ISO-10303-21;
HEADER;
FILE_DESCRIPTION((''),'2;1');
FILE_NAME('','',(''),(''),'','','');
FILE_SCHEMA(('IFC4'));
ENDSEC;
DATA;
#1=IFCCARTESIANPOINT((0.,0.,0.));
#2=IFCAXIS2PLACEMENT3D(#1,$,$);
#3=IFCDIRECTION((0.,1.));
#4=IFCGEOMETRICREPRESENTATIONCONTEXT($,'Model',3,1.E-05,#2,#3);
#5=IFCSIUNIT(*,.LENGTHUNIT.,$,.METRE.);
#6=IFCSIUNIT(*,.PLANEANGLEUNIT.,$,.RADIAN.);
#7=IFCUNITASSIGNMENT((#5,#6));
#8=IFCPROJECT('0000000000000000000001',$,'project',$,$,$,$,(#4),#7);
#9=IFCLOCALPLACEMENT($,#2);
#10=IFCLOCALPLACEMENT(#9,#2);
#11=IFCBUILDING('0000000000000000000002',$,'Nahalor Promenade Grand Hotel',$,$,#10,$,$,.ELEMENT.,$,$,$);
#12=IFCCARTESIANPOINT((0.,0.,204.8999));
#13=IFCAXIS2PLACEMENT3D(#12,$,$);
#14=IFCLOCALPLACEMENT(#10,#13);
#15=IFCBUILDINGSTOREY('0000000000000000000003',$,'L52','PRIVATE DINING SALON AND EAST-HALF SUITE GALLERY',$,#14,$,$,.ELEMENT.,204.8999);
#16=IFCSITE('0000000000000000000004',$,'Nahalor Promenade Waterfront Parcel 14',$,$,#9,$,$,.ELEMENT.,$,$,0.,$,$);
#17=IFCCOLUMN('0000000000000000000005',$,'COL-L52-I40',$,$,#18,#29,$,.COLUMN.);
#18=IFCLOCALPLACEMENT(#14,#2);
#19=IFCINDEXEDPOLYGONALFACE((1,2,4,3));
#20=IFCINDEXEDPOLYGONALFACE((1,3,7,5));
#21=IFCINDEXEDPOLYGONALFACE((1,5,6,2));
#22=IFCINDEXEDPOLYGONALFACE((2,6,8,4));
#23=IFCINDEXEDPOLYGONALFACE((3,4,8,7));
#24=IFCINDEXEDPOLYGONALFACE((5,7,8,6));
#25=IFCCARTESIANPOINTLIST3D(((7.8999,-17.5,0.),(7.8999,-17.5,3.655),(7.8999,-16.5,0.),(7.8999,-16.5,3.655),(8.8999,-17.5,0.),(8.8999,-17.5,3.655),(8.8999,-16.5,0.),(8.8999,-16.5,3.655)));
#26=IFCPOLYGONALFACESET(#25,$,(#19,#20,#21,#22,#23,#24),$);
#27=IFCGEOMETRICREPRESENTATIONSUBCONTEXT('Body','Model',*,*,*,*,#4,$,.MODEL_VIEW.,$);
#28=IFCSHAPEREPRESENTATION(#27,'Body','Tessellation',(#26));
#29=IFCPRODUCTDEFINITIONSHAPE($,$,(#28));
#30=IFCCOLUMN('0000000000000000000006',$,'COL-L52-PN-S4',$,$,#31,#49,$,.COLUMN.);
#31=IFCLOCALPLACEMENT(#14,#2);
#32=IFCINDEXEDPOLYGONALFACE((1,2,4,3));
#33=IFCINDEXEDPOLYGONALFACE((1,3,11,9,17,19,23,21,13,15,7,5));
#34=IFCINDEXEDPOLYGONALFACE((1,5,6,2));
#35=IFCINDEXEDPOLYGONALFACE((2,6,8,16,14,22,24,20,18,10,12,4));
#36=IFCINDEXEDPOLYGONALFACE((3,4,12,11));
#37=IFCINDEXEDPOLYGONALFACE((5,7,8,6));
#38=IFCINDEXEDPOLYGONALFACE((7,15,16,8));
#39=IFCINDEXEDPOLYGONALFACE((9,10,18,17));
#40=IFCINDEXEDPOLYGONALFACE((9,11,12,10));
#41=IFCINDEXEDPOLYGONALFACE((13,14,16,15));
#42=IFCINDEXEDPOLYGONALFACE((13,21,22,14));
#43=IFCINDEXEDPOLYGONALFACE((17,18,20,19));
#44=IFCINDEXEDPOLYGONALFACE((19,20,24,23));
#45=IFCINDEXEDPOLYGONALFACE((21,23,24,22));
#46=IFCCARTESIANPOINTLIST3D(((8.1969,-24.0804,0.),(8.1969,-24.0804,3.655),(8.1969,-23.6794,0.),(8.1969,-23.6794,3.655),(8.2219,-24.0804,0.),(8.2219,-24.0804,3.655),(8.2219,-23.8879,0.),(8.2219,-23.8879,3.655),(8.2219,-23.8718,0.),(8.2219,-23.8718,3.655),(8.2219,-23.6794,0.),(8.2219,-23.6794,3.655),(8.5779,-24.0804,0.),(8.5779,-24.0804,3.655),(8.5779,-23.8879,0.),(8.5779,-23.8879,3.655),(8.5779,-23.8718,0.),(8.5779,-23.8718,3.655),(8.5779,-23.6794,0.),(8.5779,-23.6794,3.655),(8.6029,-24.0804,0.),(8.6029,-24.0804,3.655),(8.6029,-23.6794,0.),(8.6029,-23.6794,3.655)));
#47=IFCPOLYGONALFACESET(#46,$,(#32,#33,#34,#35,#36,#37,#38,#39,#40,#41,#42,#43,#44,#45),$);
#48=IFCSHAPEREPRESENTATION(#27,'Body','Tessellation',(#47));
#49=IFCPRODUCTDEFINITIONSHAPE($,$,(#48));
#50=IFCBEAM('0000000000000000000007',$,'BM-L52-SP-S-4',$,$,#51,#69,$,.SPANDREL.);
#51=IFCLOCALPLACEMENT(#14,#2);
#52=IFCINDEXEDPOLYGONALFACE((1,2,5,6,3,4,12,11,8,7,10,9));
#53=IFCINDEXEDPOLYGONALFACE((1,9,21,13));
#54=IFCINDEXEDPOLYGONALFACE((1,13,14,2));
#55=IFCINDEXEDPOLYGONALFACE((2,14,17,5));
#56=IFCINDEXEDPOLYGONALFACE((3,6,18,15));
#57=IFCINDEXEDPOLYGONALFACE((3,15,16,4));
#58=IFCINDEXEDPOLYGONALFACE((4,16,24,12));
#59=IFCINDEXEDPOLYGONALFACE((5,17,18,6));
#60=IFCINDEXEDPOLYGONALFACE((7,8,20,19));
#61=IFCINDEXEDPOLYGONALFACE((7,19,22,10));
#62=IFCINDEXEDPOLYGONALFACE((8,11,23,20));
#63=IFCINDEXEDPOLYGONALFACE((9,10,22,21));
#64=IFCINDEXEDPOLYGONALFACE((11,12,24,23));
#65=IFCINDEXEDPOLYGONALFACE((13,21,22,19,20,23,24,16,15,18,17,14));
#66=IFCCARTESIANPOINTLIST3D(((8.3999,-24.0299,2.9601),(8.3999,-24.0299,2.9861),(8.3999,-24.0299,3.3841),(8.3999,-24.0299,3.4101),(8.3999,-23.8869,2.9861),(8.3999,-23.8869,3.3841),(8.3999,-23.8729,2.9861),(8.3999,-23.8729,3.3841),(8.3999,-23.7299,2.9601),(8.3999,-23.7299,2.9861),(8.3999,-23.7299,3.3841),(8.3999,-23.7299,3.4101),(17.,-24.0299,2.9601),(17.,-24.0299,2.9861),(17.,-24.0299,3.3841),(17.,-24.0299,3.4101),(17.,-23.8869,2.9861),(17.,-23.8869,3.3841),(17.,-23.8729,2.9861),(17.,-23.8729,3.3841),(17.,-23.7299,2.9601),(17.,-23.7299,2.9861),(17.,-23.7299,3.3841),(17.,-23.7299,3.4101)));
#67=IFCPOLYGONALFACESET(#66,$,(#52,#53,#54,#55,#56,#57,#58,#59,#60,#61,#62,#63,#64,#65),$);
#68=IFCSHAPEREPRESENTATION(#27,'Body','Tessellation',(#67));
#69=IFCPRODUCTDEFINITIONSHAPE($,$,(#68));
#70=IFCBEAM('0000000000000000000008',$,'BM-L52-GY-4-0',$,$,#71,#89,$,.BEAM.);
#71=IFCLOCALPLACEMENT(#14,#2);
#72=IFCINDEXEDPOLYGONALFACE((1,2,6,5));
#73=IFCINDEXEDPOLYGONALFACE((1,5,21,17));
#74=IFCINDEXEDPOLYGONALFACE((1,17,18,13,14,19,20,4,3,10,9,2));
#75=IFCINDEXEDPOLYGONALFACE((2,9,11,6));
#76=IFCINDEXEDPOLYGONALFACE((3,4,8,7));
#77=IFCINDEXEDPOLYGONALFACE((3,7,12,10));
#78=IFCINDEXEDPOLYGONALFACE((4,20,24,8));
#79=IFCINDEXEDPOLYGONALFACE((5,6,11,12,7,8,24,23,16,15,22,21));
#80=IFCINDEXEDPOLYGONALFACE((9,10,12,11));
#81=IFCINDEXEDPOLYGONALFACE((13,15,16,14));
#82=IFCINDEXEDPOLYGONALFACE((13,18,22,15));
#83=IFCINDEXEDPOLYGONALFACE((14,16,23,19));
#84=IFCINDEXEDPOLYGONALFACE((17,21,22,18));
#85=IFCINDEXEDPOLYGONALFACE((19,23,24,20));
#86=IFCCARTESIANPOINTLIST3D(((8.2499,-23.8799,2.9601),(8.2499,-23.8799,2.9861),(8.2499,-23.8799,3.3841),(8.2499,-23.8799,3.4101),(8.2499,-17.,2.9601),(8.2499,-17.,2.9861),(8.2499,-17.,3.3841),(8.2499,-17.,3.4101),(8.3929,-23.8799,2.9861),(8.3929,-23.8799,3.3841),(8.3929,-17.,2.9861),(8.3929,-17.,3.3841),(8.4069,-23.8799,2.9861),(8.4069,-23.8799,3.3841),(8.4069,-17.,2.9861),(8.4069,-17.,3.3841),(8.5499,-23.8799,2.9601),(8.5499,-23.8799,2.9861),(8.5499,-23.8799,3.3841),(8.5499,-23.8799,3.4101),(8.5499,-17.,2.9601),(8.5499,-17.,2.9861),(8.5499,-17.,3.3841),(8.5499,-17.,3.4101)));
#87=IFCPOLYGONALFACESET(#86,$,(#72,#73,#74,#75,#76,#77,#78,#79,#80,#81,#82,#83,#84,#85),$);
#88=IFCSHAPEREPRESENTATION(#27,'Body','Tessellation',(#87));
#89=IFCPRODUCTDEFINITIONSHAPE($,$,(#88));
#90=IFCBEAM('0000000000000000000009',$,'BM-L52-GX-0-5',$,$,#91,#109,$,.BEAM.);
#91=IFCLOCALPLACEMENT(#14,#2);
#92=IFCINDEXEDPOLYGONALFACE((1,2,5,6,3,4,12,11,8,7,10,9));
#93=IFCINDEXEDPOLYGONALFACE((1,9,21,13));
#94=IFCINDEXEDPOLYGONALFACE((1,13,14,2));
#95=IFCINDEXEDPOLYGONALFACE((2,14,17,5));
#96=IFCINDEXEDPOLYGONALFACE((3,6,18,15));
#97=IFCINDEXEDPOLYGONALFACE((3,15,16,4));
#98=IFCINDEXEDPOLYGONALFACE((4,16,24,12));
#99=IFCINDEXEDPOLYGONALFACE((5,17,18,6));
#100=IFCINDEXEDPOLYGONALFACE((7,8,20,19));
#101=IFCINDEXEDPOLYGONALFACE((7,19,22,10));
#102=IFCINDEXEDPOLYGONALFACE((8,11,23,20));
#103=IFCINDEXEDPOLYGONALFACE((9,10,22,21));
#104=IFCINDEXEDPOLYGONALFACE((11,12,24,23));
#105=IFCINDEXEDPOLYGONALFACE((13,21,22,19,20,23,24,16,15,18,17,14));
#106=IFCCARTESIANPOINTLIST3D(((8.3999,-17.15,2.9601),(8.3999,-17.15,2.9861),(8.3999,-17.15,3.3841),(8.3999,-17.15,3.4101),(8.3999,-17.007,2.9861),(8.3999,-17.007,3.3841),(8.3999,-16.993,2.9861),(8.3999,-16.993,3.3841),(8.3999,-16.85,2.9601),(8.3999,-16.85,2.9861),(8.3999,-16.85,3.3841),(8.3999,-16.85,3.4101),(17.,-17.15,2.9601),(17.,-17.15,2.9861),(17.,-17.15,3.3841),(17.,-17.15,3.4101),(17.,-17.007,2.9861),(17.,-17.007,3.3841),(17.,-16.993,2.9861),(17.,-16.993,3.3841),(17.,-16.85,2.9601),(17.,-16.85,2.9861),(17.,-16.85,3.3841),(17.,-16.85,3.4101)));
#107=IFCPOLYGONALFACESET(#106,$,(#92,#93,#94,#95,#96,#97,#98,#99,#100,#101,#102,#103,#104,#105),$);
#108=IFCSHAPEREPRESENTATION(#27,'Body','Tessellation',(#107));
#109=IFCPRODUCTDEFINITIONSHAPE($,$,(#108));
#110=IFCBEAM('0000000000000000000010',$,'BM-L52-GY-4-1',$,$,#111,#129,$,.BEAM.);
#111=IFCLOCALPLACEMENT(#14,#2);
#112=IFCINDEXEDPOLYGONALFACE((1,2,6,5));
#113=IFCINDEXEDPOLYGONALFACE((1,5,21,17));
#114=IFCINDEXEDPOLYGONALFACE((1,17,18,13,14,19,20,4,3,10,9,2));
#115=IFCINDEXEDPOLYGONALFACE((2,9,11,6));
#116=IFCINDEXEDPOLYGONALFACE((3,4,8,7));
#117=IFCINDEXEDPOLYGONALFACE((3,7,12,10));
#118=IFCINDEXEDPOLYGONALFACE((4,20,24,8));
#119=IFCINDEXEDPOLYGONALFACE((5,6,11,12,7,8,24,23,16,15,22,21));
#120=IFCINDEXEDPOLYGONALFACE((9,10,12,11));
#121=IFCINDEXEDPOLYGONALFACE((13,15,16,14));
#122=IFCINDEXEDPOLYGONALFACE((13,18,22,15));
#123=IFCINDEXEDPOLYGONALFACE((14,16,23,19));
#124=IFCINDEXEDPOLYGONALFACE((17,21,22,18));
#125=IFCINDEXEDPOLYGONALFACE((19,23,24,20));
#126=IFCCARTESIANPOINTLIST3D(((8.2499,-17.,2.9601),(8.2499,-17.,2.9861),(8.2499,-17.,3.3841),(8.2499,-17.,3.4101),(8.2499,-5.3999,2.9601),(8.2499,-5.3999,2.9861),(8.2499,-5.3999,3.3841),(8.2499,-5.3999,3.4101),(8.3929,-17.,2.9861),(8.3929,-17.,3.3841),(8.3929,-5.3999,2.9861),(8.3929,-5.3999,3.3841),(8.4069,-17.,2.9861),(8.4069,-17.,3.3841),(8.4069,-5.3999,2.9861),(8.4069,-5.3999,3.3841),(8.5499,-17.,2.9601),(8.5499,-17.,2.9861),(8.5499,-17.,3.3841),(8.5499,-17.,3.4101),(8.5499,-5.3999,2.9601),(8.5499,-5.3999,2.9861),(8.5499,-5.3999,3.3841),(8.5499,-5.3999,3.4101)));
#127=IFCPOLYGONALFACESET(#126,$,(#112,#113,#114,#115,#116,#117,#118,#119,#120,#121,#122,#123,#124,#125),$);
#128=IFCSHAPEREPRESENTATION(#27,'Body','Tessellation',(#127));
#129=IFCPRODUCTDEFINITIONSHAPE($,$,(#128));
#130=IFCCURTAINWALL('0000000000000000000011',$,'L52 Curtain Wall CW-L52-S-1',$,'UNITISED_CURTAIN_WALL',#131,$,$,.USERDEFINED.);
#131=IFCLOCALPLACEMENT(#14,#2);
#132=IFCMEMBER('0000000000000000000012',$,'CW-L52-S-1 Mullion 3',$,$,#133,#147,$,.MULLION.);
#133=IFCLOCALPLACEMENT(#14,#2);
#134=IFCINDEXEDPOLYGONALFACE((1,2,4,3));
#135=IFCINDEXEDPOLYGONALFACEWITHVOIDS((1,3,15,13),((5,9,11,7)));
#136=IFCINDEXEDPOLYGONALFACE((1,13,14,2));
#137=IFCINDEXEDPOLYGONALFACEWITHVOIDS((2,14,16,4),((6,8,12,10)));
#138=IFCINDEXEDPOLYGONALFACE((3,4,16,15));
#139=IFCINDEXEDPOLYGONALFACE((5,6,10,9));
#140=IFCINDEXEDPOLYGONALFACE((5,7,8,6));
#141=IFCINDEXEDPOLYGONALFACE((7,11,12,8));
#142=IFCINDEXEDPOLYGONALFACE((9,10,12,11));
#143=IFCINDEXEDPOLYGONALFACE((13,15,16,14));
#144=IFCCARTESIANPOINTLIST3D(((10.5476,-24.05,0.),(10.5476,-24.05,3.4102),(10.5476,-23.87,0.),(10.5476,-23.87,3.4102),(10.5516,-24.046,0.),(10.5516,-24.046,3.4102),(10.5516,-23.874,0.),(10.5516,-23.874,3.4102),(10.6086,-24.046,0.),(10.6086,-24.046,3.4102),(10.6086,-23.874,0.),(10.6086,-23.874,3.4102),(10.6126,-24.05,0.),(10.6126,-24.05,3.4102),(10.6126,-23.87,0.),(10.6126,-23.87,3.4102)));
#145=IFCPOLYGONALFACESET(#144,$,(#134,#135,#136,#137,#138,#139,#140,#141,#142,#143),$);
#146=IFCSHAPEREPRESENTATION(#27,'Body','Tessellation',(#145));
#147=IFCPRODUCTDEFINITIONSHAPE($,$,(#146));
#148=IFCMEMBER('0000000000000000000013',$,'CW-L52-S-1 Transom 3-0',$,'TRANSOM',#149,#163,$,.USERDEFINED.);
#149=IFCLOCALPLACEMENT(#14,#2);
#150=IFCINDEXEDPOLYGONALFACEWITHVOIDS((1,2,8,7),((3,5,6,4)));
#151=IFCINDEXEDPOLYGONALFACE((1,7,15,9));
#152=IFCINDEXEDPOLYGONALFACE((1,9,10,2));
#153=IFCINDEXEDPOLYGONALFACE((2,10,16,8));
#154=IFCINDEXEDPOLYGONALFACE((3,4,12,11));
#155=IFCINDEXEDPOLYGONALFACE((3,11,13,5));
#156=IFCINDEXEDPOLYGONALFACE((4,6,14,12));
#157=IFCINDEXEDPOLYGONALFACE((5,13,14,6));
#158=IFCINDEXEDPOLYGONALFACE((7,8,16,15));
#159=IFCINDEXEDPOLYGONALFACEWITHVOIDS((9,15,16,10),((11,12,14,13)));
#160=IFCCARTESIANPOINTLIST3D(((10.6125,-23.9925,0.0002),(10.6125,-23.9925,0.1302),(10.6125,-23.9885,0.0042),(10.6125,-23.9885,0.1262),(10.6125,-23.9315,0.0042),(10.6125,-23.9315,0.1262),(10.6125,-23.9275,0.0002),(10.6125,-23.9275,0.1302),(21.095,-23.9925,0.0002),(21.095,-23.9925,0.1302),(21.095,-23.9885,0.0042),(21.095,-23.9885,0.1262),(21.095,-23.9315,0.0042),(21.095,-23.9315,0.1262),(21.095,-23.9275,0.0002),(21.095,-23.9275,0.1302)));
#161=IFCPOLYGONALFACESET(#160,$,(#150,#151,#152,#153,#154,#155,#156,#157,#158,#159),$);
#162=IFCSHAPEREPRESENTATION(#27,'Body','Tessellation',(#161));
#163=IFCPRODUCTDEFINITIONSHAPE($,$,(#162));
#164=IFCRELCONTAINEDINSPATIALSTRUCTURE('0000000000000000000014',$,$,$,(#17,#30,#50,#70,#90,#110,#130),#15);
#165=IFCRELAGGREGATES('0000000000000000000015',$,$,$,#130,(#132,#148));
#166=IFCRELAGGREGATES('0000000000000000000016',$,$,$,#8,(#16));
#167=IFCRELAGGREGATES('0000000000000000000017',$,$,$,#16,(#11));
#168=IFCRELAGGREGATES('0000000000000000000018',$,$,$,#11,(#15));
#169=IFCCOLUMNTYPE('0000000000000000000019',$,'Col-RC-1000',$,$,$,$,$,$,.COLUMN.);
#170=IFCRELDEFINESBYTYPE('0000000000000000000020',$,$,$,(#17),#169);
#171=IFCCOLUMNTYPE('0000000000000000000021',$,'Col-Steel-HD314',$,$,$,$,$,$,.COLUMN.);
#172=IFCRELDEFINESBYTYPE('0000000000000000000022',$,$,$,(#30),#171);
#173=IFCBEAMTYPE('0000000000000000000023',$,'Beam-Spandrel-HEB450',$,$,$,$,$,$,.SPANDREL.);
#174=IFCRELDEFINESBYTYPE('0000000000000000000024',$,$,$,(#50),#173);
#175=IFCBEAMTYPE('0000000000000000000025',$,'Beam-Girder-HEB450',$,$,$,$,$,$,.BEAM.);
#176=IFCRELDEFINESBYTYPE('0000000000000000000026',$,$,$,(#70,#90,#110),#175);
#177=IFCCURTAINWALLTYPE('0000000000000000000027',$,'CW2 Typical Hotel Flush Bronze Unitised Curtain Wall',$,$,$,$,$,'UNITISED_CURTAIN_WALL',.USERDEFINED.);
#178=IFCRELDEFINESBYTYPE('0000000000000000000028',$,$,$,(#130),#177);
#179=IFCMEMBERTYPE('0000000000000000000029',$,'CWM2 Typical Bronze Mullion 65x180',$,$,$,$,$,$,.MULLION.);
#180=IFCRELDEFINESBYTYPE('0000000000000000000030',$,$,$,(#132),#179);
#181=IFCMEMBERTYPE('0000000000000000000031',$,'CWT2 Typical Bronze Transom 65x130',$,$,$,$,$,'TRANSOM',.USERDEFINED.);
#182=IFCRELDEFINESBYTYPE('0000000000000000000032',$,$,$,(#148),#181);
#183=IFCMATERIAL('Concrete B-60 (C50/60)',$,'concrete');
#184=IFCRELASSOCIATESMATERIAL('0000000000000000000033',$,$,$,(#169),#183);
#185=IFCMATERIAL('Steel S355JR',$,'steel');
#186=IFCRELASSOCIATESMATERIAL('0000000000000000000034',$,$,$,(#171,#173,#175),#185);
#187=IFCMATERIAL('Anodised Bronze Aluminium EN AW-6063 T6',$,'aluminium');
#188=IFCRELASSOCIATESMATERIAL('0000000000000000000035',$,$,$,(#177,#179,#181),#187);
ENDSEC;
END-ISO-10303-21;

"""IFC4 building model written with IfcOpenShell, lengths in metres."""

from ifc_helpers import new_model, si_unit, direction, frame, origin, origin_2d, place, context, subcontext, project, spatial, rectangle, hollow_rectangle, i_section, extrude, source, transform, mapped, material, material_profile, profile_set, type_object, element, aggregate, save


model = new_model("IFC4")

# Units and contexts
model_context = context("Model", 3, precision=1e-05, world=origin(), true_north=direction((0.0, 1.0)))
body_context = subcontext(model_context, "Body", "Model", "MODEL_VIEW")
ifc_project = project(units=[si_unit("LENGTHUNIT", "METRE"), si_unit("PLANEANGLEUNIT", "RADIAN")], contexts=[model_context])

# Site, building, storey
site_placement = place(None, origin())
site = spatial("IfcSite", under=ifc_project, at=site_placement, Name="Nahalor Promenade Waterfront Parcel 14", CompositionType="ELEMENT", RefElevation=0.0)
building_placement = place(site_placement, origin())
building = spatial("IfcBuilding", under=site, at=building_placement, Name="Nahalor Promenade Grand Hotel", CompositionType="ELEMENT")
storey_placement = place(building_placement, frame((0.0, 0.0, 204.8999)))
storey = spatial("IfcBuildingStorey", under=building, at=storey_placement, Name="L52", Description="PRIVATE DINING SALON AND EAST-HALF SUITE GALLERY", CompositionType="ELEMENT", Elevation=204.8999)

# Columns
ifc_material_1 = material(Name="Concrete B-60 (C50/60)", Category="concrete")
ifc_material_profile_1 = material_profile(ifc_material_1, rectangle(XDim=1.0, YDim=1.0, at=origin_2d()), Name="RC 1000x1000")
ifc_profile_set_1 = profile_set([ifc_material_profile_1], Name="Concrete B-60 (C50/60)")
column_type_1 = type_object("IfcColumnType", Name="Col-RC-1000", PredefinedType="COLUMN", material=ifc_profile_set_1)
shared_shape_1 = source(origin(), body_context, "Body", "SweptSolid", [
    extrude(rectangle(XDim=1.0, YDim=1.0, at=origin_2d()), origin(), (0.0, 0.0, 1.0), 3.655),
])
column_1_placement = place(storey_placement, frame((8.3999, -17.0, 0.0), z_axis=(0.0, 0.0, 1.0), x_axis=(1.0, 0.0, 0.0)))
element("IfcColumn", 1, at=column_1_placement, inside=storey, type_object=column_type_1, Name="COL-L52-I40", PredefinedType="COLUMN", context=body_context, shape_type="MappedRepresentation", body=[
    mapped(shared_shape_1, transform((0.0, 0.0, 0.0), scale=1.0)),
])
ifc_material_2 = material(Name="Steel S355JR", Category="steel")
ifc_material_profile_2 = material_profile(ifc_material_2, i_section(OverallWidth=0.401, OverallDepth=0.406, WebThickness=0.0161, FlangeThickness=0.025, at=origin_2d()), Name="HD 400x314")
ifc_profile_set_2 = profile_set([ifc_material_profile_2], Name="Steel S355JR")
column_type_2 = type_object("IfcColumnType", Name="Col-Steel-HD314", PredefinedType="COLUMN", material=ifc_profile_set_2)
shared_shape_2 = source(origin(), body_context, "Body", "SweptSolid", [
    extrude(i_section(OverallWidth=0.401, OverallDepth=0.406, WebThickness=0.0161, FlangeThickness=0.025, at=origin_2d()), origin(), (0.0, 0.0, 1.0), 3.655),
])
column_2_placement = place(storey_placement, frame((8.3999, -23.8799, 0.0), z_axis=(0.0, 0.0, 1.0), x_axis=(0.0, 1.0, 0.0)))
element("IfcColumn", 2, at=column_2_placement, inside=storey, type_object=column_type_2, Name="COL-L52-PN-S4", PredefinedType="COLUMN", context=body_context, shape_type="MappedRepresentation", body=[
    mapped(shared_shape_2, transform((0.0, 0.0, 0.0), scale=1.0)),
])

# Beams
ifc_material_profile_3 = material_profile(ifc_material_2, i_section(OverallWidth=0.3, OverallDepth=0.45, WebThickness=0.014, FlangeThickness=0.026, at=origin_2d()), Name="HEB 450")
ifc_profile_set_3 = profile_set([ifc_material_profile_3], Name="Steel S355JR")
beam_type_1 = type_object("IfcBeamType", Name="Beam-Spandrel-HEB450", PredefinedType="SPANDREL", material=ifc_profile_set_3)
shared_shape_3 = source(origin(), body_context, "Body", "SweptSolid", [
    extrude(i_section(OverallWidth=0.3, OverallDepth=0.45, WebThickness=0.014, FlangeThickness=0.026, at=origin_2d()), origin(), (0.0, 0.0, 1.0), 8.6001),
])
beam_1_placement = place(storey_placement, frame((8.3999, -23.8799, 3.1851), z_axis=(1.0, 0.0, 0.0), x_axis=(0.0, 1.0, 0.0)))
element("IfcBeam", 3, at=beam_1_placement, inside=storey, type_object=beam_type_1, Name="BM-L52-SP-S-4", PredefinedType="SPANDREL", context=body_context, shape_type="MappedRepresentation", body=[
    mapped(shared_shape_3, transform((0.0, 0.0, 0.0), scale=1.0)),
])
ifc_material_profile_4 = material_profile(ifc_material_2, i_section(OverallWidth=0.3, OverallDepth=0.45, WebThickness=0.014, FlangeThickness=0.026, at=origin_2d()), Name="HEB 450")
ifc_profile_set_4 = profile_set([ifc_material_profile_4], Name="Steel S355JR")
beam_type_2 = type_object("IfcBeamType", Name="Beam-Girder-HEB450", PredefinedType="BEAM", material=ifc_profile_set_4)
shared_shape_4 = source(origin(), body_context, "Body", "SweptSolid", [
    extrude(i_section(OverallWidth=0.3, OverallDepth=0.45, WebThickness=0.014, FlangeThickness=0.026, at=origin_2d()), origin(), (0.0, 0.0, 1.0), 6.8799),
])
beam_2_placement = place(storey_placement, frame((8.3999, -23.8799, 3.1851), z_axis=(0.0, 1.0, 0.0), x_axis=(-1.0, 0.0, 0.0)))
element("IfcBeam", 4, at=beam_2_placement, inside=storey, type_object=beam_type_2, Name="BM-L52-GY-4-0", PredefinedType="BEAM", context=body_context, shape_type="MappedRepresentation", body=[
    mapped(shared_shape_4, transform((0.0, 0.0, 0.0), scale=1.0)),
])
shared_shape_5 = source(origin(), body_context, "Body", "SweptSolid", [
    extrude(i_section(OverallWidth=0.3, OverallDepth=0.45, WebThickness=0.014, FlangeThickness=0.026, at=origin_2d()), origin(), (0.0, 0.0, 1.0), 8.6001),
])
beam_3_placement = place(storey_placement, frame((8.3999, -17.0, 3.1851), z_axis=(1.0, 0.0, 0.0), x_axis=(0.0, 1.0, 0.0)))
element("IfcBeam", 5, at=beam_3_placement, inside=storey, type_object=beam_type_2, Name="BM-L52-GX-0-5", PredefinedType="BEAM", context=body_context, shape_type="MappedRepresentation", body=[
    mapped(shared_shape_5, transform((0.0, 0.0, 0.0), scale=1.0)),
])
shared_shape_6 = source(origin(), body_context, "Body", "SweptSolid", [
    extrude(i_section(OverallWidth=0.3, OverallDepth=0.45, WebThickness=0.014, FlangeThickness=0.026, at=origin_2d()), origin(), (0.0, 0.0, 1.0), 11.6001),
])
beam_4_placement = place(storey_placement, frame((8.3999, -17.0, 3.1851), z_axis=(0.0, 1.0, 0.0), x_axis=(-1.0, 0.0, 0.0)))
element("IfcBeam", 6, at=beam_4_placement, inside=storey, type_object=beam_type_2, Name="BM-L52-GY-4-1", PredefinedType="BEAM", context=body_context, shape_type="MappedRepresentation", body=[
    mapped(shared_shape_6, transform((0.0, 0.0, 0.0), scale=1.0)),
])

# Curtain wall, members
ifc_material_3 = material(Name="Anodised Bronze Aluminium EN AW-6063 T6", Category="aluminium")
curtain_wall_type = type_object("IfcCurtainWallType", Name="CW2 Typical Hotel Flush Bronze Unitised Curtain Wall", ElementType="UNITISED_CURTAIN_WALL", PredefinedType="USERDEFINED", material=ifc_material_3)
curtain_wall_placement = place(storey_placement, origin())
curtain_wall = element("IfcCurtainWall", 7, at=curtain_wall_placement, inside=storey, type_object=curtain_wall_type, Name="L52 Curtain Wall CW-L52-S-1", ObjectType="UNITISED_CURTAIN_WALL", PredefinedType="USERDEFINED")
ifc_material_profile_5 = material_profile(ifc_material_3, hollow_rectangle(XDim=0.065, YDim=0.18, WallThickness=0.004, at=origin_2d()), Name="CWM 65x180x4")
ifc_profile_set_5 = profile_set([ifc_material_profile_5], Name="Anodised Bronze Aluminium EN AW-6063 T6")
member_type_1 = type_object("IfcMemberType", Name="CWM2 Typical Bronze Mullion 65x180", PredefinedType="MULLION", material=ifc_profile_set_5)
shared_shape_7 = source(origin(), body_context, "Body", "SweptSolid", [
    extrude(hollow_rectangle(XDim=0.065, YDim=0.18, WallThickness=0.004, at=origin_2d()), origin(), (0.0, 0.0, 1.0), 3.4102),
])
member_1_placement = place(storey_placement, frame((10.5801, -23.96, 0.0), z_axis=(0.0, 0.0, 1.0), x_axis=(1.0, 0.0, 0.0)))
member_1 = element("IfcMember", 8, at=member_1_placement, type_object=member_type_1, Name="CW-L52-S-1 Mullion 3", PredefinedType="MULLION", context=body_context, shape_type="MappedRepresentation", body=[
    mapped(shared_shape_7, transform((0.0, 0.0, 0.0), scale=1.0)),
])
ifc_material_profile_6 = material_profile(ifc_material_3, hollow_rectangle(XDim=0.065, YDim=0.13, WallThickness=0.004, at=origin_2d()), Name="CWT 65x130x4")
ifc_profile_set_6 = profile_set([ifc_material_profile_6], Name="Anodised Bronze Aluminium EN AW-6063 T6")
member_type_2 = type_object("IfcMemberType", Name="CWT2 Typical Bronze Transom 65x130", ElementType="TRANSOM", PredefinedType="USERDEFINED", material=ifc_profile_set_6)
shared_shape_8 = source(origin(), body_context, "Body", "SweptSolid", [
    extrude(hollow_rectangle(XDim=0.065, YDim=0.13, WallThickness=0.004, at=origin_2d()), origin(), (0.0, 0.0, 1.0), 10.4824),
])
member_2_placement = place(storey_placement, frame((10.6125, -23.96, 0.0652), z_axis=(1.0, 0.0, 0.0), x_axis=(0.0, 1.0, 0.0)))
member_2 = element("IfcMember", 9, at=member_2_placement, type_object=member_type_2, Name="CW-L52-S-1 Transom 3-0", ObjectType="TRANSOM", PredefinedType="USERDEFINED", context=body_context, shape_type="MappedRepresentation", body=[
    mapped(shared_shape_8, transform((0.0, 0.0, 0.0), scale=1.0)),
])
aggregate(curtain_wall, [member_1, member_2])

save(model, "model.ifc")
